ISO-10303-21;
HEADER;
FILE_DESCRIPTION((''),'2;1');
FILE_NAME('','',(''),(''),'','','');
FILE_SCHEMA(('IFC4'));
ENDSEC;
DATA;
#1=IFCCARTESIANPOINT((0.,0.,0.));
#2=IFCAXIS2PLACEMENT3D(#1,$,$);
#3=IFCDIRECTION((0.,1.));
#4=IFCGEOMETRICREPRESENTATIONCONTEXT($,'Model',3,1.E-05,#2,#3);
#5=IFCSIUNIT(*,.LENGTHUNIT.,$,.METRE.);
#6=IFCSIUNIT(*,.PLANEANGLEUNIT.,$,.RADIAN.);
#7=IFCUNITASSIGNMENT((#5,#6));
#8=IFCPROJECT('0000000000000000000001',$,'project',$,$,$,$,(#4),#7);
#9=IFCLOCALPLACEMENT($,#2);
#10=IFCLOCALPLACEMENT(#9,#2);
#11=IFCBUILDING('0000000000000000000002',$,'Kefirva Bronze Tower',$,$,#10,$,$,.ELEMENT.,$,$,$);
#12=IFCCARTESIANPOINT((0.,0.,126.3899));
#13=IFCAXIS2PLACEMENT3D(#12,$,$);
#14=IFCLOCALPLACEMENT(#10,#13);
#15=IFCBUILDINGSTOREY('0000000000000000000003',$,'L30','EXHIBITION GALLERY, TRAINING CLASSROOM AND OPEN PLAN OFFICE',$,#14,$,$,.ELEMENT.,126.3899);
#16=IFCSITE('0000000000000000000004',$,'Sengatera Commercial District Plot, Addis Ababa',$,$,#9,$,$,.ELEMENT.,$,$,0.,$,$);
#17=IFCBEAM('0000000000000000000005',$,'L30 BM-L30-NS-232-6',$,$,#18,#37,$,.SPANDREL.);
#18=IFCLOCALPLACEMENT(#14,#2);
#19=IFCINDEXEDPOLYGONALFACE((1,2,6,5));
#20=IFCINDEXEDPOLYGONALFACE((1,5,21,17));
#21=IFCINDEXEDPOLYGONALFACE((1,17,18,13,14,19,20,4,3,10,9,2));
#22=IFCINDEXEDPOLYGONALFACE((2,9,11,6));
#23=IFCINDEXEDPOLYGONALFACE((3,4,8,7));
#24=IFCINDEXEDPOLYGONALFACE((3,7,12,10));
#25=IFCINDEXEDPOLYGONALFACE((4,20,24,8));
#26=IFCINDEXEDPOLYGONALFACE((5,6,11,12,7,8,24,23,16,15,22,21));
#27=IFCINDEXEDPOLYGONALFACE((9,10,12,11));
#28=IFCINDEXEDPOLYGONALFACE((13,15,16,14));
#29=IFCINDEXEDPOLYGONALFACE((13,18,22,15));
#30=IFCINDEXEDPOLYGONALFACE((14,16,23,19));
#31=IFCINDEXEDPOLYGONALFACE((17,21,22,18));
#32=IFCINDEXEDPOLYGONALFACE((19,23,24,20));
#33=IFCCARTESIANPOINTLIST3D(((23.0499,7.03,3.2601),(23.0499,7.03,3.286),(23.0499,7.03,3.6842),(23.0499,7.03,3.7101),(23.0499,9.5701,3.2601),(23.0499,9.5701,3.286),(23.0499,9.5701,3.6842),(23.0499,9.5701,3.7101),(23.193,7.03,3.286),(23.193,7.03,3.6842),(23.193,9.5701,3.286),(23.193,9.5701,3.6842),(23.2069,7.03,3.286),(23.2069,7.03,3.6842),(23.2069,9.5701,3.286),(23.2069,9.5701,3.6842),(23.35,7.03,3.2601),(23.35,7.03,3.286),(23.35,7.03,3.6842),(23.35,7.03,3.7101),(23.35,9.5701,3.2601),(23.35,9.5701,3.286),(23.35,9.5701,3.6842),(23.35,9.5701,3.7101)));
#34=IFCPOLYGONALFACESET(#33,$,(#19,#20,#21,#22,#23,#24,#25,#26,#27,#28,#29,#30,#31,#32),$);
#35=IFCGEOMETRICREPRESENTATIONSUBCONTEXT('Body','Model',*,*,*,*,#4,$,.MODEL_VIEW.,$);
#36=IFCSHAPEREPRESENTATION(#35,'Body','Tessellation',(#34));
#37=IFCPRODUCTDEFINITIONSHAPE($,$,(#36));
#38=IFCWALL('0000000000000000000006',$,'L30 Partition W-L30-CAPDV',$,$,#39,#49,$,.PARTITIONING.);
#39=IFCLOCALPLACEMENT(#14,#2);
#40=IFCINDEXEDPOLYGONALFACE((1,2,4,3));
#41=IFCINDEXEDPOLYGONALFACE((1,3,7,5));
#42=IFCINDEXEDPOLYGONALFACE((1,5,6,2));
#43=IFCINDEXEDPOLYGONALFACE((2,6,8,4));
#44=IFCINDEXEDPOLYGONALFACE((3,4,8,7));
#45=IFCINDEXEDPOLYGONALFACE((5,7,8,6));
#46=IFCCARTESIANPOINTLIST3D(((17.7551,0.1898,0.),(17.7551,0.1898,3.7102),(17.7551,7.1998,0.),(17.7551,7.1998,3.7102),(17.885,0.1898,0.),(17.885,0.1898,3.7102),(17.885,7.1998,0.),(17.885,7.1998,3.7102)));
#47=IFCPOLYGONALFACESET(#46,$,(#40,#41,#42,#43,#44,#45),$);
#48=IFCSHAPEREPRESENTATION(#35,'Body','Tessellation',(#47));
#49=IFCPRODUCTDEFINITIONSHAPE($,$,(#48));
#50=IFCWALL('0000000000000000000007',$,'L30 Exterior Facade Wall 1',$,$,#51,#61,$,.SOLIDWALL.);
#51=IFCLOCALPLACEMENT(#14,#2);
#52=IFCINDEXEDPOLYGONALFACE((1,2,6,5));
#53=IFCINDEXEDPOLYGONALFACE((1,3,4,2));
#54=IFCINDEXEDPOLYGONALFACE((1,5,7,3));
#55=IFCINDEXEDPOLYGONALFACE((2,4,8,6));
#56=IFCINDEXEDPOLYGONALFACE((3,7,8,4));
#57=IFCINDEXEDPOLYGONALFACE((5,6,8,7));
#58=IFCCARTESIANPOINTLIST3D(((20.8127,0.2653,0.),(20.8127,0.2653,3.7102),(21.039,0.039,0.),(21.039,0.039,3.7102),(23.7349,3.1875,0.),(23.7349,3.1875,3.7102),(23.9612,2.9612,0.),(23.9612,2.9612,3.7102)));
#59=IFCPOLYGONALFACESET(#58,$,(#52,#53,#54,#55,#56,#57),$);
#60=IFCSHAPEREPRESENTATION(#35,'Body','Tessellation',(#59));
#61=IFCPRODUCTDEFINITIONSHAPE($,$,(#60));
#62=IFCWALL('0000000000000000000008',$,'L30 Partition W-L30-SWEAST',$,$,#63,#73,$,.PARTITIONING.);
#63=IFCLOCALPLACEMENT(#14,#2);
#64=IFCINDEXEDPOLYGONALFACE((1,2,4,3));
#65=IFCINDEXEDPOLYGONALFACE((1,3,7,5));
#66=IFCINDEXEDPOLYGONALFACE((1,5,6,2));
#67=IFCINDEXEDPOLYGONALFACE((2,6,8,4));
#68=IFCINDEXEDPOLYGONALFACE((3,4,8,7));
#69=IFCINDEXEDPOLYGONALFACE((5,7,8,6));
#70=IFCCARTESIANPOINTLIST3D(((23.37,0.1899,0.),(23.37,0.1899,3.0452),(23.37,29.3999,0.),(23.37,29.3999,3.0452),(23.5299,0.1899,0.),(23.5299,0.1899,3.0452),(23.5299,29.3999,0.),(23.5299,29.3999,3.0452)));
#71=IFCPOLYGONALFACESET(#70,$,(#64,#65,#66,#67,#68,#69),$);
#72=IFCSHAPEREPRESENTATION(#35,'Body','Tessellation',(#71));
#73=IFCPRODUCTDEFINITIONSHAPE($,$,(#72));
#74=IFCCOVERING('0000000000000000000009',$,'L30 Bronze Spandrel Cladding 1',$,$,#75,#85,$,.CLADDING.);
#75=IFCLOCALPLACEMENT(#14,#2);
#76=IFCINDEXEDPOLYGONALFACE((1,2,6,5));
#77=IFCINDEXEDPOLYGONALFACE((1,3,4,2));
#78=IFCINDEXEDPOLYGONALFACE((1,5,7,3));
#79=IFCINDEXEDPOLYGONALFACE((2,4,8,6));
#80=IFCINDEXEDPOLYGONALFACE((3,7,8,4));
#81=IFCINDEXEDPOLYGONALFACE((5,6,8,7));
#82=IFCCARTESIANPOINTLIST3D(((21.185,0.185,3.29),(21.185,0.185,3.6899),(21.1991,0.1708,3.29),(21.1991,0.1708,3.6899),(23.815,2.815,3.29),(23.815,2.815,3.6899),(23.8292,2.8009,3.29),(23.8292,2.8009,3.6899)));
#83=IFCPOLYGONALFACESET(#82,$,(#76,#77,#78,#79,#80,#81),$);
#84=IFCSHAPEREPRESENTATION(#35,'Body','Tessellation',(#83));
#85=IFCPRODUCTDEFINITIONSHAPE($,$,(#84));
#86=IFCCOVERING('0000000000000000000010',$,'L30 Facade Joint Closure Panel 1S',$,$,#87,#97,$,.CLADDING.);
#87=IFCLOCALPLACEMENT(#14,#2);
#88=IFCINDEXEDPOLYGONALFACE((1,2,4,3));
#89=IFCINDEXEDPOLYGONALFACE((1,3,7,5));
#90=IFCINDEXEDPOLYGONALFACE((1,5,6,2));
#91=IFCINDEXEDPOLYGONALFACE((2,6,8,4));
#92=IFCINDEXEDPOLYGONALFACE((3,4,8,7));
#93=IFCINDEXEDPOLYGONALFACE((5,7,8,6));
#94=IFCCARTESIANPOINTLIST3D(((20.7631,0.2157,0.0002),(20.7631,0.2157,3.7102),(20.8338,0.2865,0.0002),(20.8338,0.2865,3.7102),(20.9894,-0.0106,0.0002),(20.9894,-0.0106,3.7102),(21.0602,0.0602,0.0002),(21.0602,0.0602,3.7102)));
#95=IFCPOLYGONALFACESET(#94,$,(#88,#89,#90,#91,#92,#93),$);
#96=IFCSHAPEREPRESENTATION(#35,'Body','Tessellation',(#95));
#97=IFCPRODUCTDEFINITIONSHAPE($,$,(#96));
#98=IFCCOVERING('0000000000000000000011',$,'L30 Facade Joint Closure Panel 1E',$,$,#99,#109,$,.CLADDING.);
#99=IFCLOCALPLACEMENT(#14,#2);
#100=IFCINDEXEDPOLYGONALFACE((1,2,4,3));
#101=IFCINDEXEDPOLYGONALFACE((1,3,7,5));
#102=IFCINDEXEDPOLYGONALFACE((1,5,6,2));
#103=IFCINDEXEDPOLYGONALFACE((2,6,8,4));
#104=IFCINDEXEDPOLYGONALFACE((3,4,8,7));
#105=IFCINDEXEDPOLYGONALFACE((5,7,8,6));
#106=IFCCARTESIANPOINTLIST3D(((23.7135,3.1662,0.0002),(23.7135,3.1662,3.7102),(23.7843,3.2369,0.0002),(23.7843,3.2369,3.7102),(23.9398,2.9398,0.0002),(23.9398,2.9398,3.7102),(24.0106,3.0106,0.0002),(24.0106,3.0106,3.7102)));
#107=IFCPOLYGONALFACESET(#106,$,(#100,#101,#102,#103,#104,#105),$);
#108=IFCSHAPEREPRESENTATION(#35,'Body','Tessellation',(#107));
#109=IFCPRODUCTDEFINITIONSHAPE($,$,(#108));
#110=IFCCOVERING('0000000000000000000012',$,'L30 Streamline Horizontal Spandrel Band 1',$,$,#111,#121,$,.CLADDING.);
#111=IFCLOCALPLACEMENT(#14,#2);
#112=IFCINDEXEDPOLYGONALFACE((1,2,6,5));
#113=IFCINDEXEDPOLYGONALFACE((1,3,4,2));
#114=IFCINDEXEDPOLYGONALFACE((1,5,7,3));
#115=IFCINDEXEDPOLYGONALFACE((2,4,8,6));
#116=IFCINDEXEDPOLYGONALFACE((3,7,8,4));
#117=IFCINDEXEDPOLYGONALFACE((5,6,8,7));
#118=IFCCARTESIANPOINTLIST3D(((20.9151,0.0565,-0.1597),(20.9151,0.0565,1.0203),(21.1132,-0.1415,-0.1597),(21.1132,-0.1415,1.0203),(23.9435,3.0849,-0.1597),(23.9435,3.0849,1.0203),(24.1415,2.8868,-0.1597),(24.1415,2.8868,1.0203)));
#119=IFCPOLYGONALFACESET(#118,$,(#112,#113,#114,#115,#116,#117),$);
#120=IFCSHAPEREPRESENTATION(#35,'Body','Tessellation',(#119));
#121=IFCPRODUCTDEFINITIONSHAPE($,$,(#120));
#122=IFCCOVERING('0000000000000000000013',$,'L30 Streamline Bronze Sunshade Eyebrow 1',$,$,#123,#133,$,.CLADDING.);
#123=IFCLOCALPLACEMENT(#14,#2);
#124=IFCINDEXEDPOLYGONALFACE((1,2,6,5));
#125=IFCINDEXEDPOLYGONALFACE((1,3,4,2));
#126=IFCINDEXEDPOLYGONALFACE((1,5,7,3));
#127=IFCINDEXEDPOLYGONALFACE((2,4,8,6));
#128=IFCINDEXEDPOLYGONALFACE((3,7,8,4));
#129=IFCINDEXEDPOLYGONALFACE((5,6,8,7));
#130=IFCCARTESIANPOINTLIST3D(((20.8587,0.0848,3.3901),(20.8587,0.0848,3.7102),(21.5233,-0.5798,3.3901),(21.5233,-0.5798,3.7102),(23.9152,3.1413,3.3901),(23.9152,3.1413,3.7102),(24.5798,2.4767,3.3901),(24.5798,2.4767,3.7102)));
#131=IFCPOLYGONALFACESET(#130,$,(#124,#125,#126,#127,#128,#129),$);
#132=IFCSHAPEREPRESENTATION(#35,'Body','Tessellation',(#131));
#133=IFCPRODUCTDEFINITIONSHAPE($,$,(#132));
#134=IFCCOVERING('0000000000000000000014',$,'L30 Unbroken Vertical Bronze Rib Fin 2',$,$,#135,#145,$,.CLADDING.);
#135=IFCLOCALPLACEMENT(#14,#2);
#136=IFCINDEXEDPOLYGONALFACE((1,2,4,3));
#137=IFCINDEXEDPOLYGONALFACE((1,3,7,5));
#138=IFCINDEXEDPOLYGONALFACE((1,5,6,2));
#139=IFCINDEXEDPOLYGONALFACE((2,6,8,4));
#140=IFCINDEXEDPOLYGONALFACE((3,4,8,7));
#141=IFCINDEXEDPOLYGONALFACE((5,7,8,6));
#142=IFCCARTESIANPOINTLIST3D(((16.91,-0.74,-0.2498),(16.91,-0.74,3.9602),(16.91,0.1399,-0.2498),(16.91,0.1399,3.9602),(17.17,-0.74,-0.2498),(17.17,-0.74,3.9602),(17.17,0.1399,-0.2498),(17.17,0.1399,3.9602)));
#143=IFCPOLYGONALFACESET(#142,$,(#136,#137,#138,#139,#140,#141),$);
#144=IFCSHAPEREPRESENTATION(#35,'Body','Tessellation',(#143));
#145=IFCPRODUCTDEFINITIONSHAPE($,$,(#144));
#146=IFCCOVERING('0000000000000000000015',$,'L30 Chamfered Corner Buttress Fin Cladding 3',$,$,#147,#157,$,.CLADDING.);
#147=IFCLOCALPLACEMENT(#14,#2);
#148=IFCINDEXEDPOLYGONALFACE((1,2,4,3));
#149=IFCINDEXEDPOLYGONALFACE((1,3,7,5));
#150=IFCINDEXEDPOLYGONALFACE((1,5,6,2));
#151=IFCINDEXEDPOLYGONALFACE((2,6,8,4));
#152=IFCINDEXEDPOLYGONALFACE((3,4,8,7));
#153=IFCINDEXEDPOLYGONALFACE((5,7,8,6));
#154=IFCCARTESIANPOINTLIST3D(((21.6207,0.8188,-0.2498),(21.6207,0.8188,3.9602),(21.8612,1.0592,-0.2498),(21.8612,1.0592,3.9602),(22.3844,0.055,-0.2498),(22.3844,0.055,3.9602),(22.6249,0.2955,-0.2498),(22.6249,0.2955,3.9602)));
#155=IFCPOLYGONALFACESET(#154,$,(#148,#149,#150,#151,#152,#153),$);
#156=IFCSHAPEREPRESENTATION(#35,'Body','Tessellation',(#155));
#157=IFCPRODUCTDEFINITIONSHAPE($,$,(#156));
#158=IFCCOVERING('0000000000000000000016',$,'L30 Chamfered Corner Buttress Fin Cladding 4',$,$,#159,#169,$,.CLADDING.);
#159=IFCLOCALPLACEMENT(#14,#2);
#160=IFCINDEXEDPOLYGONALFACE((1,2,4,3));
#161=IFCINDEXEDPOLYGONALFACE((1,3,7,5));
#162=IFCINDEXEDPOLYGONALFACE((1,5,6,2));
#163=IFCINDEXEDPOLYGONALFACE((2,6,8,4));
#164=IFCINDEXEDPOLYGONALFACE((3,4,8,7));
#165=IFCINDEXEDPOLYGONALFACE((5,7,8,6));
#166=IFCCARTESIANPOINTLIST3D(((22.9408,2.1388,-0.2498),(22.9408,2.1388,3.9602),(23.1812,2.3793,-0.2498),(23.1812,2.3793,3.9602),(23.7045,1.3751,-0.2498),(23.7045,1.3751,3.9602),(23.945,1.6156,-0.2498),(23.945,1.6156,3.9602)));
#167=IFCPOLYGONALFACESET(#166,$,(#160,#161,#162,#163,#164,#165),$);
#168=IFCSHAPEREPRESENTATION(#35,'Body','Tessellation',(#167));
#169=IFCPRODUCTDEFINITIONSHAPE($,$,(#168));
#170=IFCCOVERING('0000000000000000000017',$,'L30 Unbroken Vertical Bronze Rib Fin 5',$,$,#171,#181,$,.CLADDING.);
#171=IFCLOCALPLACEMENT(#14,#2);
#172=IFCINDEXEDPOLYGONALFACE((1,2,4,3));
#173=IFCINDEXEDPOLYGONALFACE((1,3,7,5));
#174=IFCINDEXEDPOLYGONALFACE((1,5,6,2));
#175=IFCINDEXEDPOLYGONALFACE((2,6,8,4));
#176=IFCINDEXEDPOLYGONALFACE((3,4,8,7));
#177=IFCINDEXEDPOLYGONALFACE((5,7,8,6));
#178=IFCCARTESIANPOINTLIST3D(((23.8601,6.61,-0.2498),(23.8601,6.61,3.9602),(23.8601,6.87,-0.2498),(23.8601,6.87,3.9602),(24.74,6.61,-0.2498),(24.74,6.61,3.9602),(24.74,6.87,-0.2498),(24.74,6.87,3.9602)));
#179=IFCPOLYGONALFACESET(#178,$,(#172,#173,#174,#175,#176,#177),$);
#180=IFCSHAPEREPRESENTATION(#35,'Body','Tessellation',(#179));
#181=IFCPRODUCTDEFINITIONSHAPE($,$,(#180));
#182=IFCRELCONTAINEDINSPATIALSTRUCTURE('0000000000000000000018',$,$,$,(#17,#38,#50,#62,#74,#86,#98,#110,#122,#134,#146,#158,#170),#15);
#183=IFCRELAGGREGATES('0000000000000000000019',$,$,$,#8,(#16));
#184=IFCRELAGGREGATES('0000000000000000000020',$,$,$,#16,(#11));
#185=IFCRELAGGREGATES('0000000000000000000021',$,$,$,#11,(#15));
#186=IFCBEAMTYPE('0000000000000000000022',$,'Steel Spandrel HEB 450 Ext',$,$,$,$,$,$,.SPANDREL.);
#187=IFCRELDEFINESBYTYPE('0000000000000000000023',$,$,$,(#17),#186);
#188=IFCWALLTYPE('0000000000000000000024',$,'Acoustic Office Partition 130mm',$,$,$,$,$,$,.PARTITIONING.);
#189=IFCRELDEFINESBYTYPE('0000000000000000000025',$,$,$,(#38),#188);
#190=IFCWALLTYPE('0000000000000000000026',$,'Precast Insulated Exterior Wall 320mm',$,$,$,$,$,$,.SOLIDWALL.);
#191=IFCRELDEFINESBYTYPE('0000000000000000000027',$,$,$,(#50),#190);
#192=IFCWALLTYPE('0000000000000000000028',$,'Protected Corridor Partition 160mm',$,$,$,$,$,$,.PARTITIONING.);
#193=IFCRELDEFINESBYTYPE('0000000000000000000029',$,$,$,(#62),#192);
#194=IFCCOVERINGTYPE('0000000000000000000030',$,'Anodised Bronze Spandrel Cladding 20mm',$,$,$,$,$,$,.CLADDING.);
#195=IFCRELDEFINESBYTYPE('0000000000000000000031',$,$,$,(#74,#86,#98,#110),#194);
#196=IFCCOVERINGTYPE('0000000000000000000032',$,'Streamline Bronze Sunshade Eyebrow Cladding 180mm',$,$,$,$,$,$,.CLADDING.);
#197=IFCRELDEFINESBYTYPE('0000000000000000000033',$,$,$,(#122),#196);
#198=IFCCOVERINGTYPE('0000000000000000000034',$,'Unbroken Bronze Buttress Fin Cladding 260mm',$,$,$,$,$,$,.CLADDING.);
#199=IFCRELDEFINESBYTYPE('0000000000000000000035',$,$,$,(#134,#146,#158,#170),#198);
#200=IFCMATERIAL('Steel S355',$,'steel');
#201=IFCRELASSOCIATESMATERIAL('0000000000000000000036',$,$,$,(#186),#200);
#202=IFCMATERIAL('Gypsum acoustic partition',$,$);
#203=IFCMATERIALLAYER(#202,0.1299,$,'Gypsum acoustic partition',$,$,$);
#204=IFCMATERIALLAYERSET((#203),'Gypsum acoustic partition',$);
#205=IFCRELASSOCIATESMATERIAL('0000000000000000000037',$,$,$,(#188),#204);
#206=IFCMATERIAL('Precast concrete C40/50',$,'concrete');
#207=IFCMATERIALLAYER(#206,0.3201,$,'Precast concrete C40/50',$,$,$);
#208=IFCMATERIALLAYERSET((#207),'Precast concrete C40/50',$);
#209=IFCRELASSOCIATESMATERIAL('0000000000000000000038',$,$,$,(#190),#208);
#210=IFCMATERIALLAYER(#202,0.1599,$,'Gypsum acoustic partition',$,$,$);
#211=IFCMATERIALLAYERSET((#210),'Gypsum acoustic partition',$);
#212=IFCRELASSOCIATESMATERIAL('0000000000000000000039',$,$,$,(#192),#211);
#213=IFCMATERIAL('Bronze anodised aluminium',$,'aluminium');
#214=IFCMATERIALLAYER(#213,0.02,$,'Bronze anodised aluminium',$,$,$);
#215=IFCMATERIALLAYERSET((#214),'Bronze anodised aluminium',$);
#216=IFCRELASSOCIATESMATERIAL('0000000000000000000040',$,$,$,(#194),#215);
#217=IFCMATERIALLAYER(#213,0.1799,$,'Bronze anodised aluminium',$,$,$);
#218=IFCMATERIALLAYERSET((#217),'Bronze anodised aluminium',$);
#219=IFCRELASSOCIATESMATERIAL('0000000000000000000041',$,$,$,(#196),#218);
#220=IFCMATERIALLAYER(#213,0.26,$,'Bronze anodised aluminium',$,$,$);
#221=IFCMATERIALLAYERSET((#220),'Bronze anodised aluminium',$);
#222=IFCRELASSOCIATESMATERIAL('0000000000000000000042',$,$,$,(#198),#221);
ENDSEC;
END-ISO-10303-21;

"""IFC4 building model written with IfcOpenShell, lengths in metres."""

from ifc_helpers import new_model, si_unit, direction, frame, frame_2d, origin, origin_2d, place, context, subcontext, project, spatial, rectangle, i_section, extrude, material, layer, layer_set, material_profile, profile_set, type_object, element, save


model = new_model("IFC4")

# Units and contexts
model_context = context("Model", 3, precision=1e-05, world=origin(), true_north=direction((0.0, 1.0)))
body_context = subcontext(model_context, "Body", "Model", "MODEL_VIEW")
ifc_project = project(units=[si_unit("LENGTHUNIT", "METRE"), si_unit("PLANEANGLEUNIT", "RADIAN")], contexts=[model_context])

# Site, building, storey
site_placement = place(None, origin())
site = spatial("IfcSite", under=ifc_project, at=site_placement, Name="Sengatera Commercial District Plot, Addis Ababa", CompositionType="ELEMENT", RefElevation=0.0)
building_placement = place(site_placement, origin())
building = spatial("IfcBuilding", under=site, at=building_placement, Name="Kefirva Bronze Tower", CompositionType="ELEMENT")
storey_placement = place(building_placement, frame((0.0, 0.0, 126.3899)))
storey = spatial("IfcBuildingStorey", under=building, at=storey_placement, Name="L30", Description="EXHIBITION GALLERY, TRAINING CLASSROOM AND OPEN PLAN OFFICE", CompositionType="ELEMENT", Elevation=126.3899)

# Shared definitions
ifc_material_1 = material(Name="Bronze anodised aluminium", Category="aluminium")

# Beam
ifc_material_2 = material(Name="Steel S355", Category="steel")
ifc_material_profile_1 = material_profile(ifc_material_2, i_section(OverallWidth=0.3, OverallDepth=0.45, WebThickness=0.0139, FlangeThickness=0.0259, at=origin_2d()), Name="HEB 450")
ifc_profile_set_1 = profile_set([ifc_material_profile_1], Name="Steel S355")
beam_type_1 = type_object("IfcBeamType", Name="Steel Spandrel HEB 450 Ext", PredefinedType="SPANDREL", material=ifc_profile_set_1)
beam_1_placement = place(storey_placement, frame((23.2, 7.03, 3.4851), z_axis=(0.0, 1.0, 0.0), x_axis=(-1.0, 0.0, 0.0)))
element("IfcBeam", 1, at=beam_1_placement, inside=storey, type_object=beam_type_1, Name="L30 BM-L30-NS-232-6", PredefinedType="SPANDREL", context=body_context, shape_type="SweptSolid", body=[
    extrude(i_section(OverallWidth=0.3, OverallDepth=0.45, WebThickness=0.0139, FlangeThickness=0.0259, at=origin_2d()), origin(), (0.0, 0.0, 1.0), 2.54),
])

# Walls
ifc_material_3 = material(Name="Gypsum acoustic partition")
ifc_layer_1 = layer(ifc_material_3, 0.1299, Name="Gypsum acoustic partition")
ifc_layer_set_1 = layer_set([ifc_layer_1], Name="Gypsum acoustic partition")
wall_type_1 = type_object("IfcWallType", Name="Acoustic Office Partition 130mm", PredefinedType="PARTITIONING", material=ifc_layer_set_1)
wall_1_placement = place(storey_placement, frame((17.8201, 0.1899, 0.0), z_axis=(0.0, 0.0, 1.0), x_axis=(0.0, 1.0, 0.0)))
element("IfcWall", 2, at=wall_1_placement, inside=storey, type_object=wall_type_1, Name="L30 Partition W-L30-CAPDV", PredefinedType="PARTITIONING", context=body_context, shape_type="SweptSolid", body=[
    extrude(rectangle(XDim=7.01, YDim=0.1299, at=frame_2d((3.5049, 0.0))), origin(), (0.0, 0.0, 1.0), 3.7102),
])
ifc_material_4 = material(Name="Precast concrete C40/50", Category="concrete")
ifc_layer_2 = layer(ifc_material_4, 0.3201, Name="Precast concrete C40/50")
ifc_layer_set_2 = layer_set([ifc_layer_2], Name="Precast concrete C40/50")
wall_type_2 = type_object("IfcWallType", Name="Precast Insulated Exterior Wall 320mm", PredefinedType="SOLIDWALL", material=ifc_layer_set_2)
wall_2_placement = place(storey_placement, frame((20.9258, 0.1521, 0.0), z_axis=(0.0, 0.0, 1.0), x_axis=(0.707107, 0.707107, 0.0)))
element("IfcWall", 3, at=wall_2_placement, inside=storey, type_object=wall_type_2, Name="L30 Exterior Facade Wall 1", PredefinedType="SOLIDWALL", context=body_context, shape_type="SweptSolid", body=[
    extrude(rectangle(XDim=4.1326, YDim=0.3201, at=frame_2d((2.0664, 0.0))), origin(), (0.0, 0.0, 1.0), 3.7102),
])
ifc_layer_3 = layer(ifc_material_3, 0.1599, Name="Gypsum acoustic partition")
ifc_layer_set_3 = layer_set([ifc_layer_3], Name="Gypsum acoustic partition")
wall_type_3 = type_object("IfcWallType", Name="Protected Corridor Partition 160mm", PredefinedType="PARTITIONING", material=ifc_layer_set_3)
wall_3_placement = place(storey_placement, frame((23.45, 0.1899, 0.0), z_axis=(0.0, 0.0, 1.0), x_axis=(0.0, 1.0, 0.0)))
element("IfcWall", 4, at=wall_3_placement, inside=storey, type_object=wall_type_3, Name="L30 Partition W-L30-SWEAST", PredefinedType="PARTITIONING", context=body_context, shape_type="SweptSolid", body=[
    extrude(rectangle(XDim=29.21, YDim=0.1599, at=frame_2d((14.605, 0.0))), origin(), (0.0, 0.0, 1.0), 3.0452),
])

# Coverings
ifc_layer_4 = layer(ifc_material_1, 0.02, Name="Bronze anodised aluminium")
ifc_layer_set_4 = layer_set([ifc_layer_4], Name="Bronze anodised aluminium")
covering_type_1 = type_object("IfcCoveringType", Name="Anodised Bronze Spandrel Cladding 20mm", PredefinedType="CLADDING", material=ifc_layer_set_4)
covering_1_placement = place(storey_placement, frame((22.5071, 1.4929, 3.29), z_axis=(0.0, 0.0, 1.0), x_axis=(0.707107, 0.707107, 0.0)))
element("IfcCovering", 5, at=covering_1_placement, inside=storey, type_object=covering_type_1, Name="L30 Bronze Spandrel Cladding 1", PredefinedType="CLADDING", context=body_context, shape_type="SweptSolid", body=[
    extrude(rectangle(XDim=3.7195, YDim=0.02, at=origin_2d()), origin(), (0.0, 0.0, 1.0), 0.3999),
])
for number, where, z_axis, x_axis, name in (
    (6, (20.9116, 0.1379, 0.0002), (0.0, 0.0, 1.0), (0.707107, 0.707107, 0.0), "L30 Facade Joint Closure Panel 1S"),
    (7, (23.8621, 3.0884, 0.0002), (0.0, 0.0, 1.0), (0.707107, 0.707107, 0.0), "L30 Facade Joint Closure Panel 1E"),
):
    element("IfcCovering", number, at=place(storey_placement, frame(where, z_axis=z_axis, x_axis=x_axis)), inside=storey, type_object=covering_type_1, Name=name, PredefinedType="CLADDING", context=body_context, shape_type="SweptSolid", body=[
        extrude(rectangle(XDim=0.1001, YDim=0.3201, at=origin_2d()), origin(), (0.0, 0.0, 1.0), 3.71),
    ])
covering_2_placement = place(storey_placement, frame((22.5283, 1.4717, -0.1597), z_axis=(0.0, 0.0, 1.0), x_axis=(0.707107, 0.707107, 0.0)))
element("IfcCovering", 8, at=covering_2_placement, inside=storey, type_object=covering_type_1, Name="L30 Streamline Horizontal Spandrel Band 1", PredefinedType="CLADDING", context=body_context, shape_type="SweptSolid", body=[
    extrude(rectangle(XDim=4.2827, YDim=0.28, at=origin_2d()), origin(), (0.0, 0.0, 1.0), 1.1799),
])
ifc_layer_5 = layer(ifc_material_1, 0.1799, Name="Bronze anodised aluminium")
ifc_layer_set_5 = layer_set([ifc_layer_5], Name="Bronze anodised aluminium")
covering_type_2 = type_object("IfcCoveringType", Name="Streamline Bronze Sunshade Eyebrow Cladding 180mm", PredefinedType="CLADDING", material=ifc_layer_set_5)
covering_3_placement = place(storey_placement, frame((22.7192, 1.2808, 3.3901), z_axis=(0.0, 0.0, 1.0), x_axis=(0.707107, 0.707107, 0.0)))
element("IfcCovering", 9, at=covering_3_placement, inside=storey, type_object=covering_type_2, Name="L30 Streamline Bronze Sunshade Eyebrow 1", PredefinedType="CLADDING", context=body_context, shape_type="SweptSolid", body=[
    extrude(rectangle(XDim=4.3225, YDim=0.9399, at=origin_2d()), origin(), (0.0, 0.0, 1.0), 0.3201),
])
ifc_layer_6 = layer(ifc_material_1, 0.26, Name="Bronze anodised aluminium")
ifc_layer_set_6 = layer_set([ifc_layer_6], Name="Bronze anodised aluminium")
covering_type_3 = type_object("IfcCoveringType", Name="Unbroken Bronze Buttress Fin Cladding 260mm", PredefinedType="CLADDING", material=ifc_layer_set_6)
covering_4_placement = place(storey_placement, frame((17.04, -0.3, -0.2498), z_axis=(0.0, 0.0, 1.0), x_axis=(1.0, 0.0, 0.0)))
element("IfcCovering", 10, at=covering_4_placement, inside=storey, type_object=covering_type_3, Name="L30 Unbroken Vertical Bronze Rib Fin 2", PredefinedType="CLADDING", context=body_context, shape_type="SweptSolid", body=[
    extrude(rectangle(XDim=0.26, YDim=0.8799, at=origin_2d()), origin(), (0.0, 0.0, 1.0), 4.21),
])
for number, where, z_axis, x_axis, name in (
    (11, (22.1228, 0.5571, -0.2498), (0.0, 0.0, 1.0), (0.707107, 0.707107, 0.0), "L30 Chamfered Corner Buttress Fin Cladding 3"),
    (12, (23.4429, 1.8772, -0.2498), (0.0, 0.0, 1.0), (0.707107, 0.707107, 0.0), "L30 Chamfered Corner Buttress Fin Cladding 4"),
):
    element("IfcCovering", number, at=place(storey_placement, frame(where, z_axis=z_axis, x_axis=x_axis)), inside=storey, type_object=covering_type_3, Name=name, PredefinedType="CLADDING", context=body_context, shape_type="SweptSolid", body=[
        extrude(rectangle(XDim=0.3401, YDim=1.0801, at=origin_2d()), origin(), (0.0, 0.0, 1.0), 4.21),
    ])
covering_5_placement = place(storey_placement, frame((24.3, 6.74, -0.2498), z_axis=(0.0, 0.0, 1.0), x_axis=(0.0, 1.0, 0.0)))
element("IfcCovering", 13, at=covering_5_placement, inside=storey, type_object=covering_type_3, Name="L30 Unbroken Vertical Bronze Rib Fin 5", PredefinedType="CLADDING", context=body_context, shape_type="SweptSolid", body=[
    extrude(rectangle(XDim=0.26, YDim=0.8799, at=origin_2d()), origin(), (0.0, 0.0, 1.0), 4.21),
])

save(model, "model.ifc")
